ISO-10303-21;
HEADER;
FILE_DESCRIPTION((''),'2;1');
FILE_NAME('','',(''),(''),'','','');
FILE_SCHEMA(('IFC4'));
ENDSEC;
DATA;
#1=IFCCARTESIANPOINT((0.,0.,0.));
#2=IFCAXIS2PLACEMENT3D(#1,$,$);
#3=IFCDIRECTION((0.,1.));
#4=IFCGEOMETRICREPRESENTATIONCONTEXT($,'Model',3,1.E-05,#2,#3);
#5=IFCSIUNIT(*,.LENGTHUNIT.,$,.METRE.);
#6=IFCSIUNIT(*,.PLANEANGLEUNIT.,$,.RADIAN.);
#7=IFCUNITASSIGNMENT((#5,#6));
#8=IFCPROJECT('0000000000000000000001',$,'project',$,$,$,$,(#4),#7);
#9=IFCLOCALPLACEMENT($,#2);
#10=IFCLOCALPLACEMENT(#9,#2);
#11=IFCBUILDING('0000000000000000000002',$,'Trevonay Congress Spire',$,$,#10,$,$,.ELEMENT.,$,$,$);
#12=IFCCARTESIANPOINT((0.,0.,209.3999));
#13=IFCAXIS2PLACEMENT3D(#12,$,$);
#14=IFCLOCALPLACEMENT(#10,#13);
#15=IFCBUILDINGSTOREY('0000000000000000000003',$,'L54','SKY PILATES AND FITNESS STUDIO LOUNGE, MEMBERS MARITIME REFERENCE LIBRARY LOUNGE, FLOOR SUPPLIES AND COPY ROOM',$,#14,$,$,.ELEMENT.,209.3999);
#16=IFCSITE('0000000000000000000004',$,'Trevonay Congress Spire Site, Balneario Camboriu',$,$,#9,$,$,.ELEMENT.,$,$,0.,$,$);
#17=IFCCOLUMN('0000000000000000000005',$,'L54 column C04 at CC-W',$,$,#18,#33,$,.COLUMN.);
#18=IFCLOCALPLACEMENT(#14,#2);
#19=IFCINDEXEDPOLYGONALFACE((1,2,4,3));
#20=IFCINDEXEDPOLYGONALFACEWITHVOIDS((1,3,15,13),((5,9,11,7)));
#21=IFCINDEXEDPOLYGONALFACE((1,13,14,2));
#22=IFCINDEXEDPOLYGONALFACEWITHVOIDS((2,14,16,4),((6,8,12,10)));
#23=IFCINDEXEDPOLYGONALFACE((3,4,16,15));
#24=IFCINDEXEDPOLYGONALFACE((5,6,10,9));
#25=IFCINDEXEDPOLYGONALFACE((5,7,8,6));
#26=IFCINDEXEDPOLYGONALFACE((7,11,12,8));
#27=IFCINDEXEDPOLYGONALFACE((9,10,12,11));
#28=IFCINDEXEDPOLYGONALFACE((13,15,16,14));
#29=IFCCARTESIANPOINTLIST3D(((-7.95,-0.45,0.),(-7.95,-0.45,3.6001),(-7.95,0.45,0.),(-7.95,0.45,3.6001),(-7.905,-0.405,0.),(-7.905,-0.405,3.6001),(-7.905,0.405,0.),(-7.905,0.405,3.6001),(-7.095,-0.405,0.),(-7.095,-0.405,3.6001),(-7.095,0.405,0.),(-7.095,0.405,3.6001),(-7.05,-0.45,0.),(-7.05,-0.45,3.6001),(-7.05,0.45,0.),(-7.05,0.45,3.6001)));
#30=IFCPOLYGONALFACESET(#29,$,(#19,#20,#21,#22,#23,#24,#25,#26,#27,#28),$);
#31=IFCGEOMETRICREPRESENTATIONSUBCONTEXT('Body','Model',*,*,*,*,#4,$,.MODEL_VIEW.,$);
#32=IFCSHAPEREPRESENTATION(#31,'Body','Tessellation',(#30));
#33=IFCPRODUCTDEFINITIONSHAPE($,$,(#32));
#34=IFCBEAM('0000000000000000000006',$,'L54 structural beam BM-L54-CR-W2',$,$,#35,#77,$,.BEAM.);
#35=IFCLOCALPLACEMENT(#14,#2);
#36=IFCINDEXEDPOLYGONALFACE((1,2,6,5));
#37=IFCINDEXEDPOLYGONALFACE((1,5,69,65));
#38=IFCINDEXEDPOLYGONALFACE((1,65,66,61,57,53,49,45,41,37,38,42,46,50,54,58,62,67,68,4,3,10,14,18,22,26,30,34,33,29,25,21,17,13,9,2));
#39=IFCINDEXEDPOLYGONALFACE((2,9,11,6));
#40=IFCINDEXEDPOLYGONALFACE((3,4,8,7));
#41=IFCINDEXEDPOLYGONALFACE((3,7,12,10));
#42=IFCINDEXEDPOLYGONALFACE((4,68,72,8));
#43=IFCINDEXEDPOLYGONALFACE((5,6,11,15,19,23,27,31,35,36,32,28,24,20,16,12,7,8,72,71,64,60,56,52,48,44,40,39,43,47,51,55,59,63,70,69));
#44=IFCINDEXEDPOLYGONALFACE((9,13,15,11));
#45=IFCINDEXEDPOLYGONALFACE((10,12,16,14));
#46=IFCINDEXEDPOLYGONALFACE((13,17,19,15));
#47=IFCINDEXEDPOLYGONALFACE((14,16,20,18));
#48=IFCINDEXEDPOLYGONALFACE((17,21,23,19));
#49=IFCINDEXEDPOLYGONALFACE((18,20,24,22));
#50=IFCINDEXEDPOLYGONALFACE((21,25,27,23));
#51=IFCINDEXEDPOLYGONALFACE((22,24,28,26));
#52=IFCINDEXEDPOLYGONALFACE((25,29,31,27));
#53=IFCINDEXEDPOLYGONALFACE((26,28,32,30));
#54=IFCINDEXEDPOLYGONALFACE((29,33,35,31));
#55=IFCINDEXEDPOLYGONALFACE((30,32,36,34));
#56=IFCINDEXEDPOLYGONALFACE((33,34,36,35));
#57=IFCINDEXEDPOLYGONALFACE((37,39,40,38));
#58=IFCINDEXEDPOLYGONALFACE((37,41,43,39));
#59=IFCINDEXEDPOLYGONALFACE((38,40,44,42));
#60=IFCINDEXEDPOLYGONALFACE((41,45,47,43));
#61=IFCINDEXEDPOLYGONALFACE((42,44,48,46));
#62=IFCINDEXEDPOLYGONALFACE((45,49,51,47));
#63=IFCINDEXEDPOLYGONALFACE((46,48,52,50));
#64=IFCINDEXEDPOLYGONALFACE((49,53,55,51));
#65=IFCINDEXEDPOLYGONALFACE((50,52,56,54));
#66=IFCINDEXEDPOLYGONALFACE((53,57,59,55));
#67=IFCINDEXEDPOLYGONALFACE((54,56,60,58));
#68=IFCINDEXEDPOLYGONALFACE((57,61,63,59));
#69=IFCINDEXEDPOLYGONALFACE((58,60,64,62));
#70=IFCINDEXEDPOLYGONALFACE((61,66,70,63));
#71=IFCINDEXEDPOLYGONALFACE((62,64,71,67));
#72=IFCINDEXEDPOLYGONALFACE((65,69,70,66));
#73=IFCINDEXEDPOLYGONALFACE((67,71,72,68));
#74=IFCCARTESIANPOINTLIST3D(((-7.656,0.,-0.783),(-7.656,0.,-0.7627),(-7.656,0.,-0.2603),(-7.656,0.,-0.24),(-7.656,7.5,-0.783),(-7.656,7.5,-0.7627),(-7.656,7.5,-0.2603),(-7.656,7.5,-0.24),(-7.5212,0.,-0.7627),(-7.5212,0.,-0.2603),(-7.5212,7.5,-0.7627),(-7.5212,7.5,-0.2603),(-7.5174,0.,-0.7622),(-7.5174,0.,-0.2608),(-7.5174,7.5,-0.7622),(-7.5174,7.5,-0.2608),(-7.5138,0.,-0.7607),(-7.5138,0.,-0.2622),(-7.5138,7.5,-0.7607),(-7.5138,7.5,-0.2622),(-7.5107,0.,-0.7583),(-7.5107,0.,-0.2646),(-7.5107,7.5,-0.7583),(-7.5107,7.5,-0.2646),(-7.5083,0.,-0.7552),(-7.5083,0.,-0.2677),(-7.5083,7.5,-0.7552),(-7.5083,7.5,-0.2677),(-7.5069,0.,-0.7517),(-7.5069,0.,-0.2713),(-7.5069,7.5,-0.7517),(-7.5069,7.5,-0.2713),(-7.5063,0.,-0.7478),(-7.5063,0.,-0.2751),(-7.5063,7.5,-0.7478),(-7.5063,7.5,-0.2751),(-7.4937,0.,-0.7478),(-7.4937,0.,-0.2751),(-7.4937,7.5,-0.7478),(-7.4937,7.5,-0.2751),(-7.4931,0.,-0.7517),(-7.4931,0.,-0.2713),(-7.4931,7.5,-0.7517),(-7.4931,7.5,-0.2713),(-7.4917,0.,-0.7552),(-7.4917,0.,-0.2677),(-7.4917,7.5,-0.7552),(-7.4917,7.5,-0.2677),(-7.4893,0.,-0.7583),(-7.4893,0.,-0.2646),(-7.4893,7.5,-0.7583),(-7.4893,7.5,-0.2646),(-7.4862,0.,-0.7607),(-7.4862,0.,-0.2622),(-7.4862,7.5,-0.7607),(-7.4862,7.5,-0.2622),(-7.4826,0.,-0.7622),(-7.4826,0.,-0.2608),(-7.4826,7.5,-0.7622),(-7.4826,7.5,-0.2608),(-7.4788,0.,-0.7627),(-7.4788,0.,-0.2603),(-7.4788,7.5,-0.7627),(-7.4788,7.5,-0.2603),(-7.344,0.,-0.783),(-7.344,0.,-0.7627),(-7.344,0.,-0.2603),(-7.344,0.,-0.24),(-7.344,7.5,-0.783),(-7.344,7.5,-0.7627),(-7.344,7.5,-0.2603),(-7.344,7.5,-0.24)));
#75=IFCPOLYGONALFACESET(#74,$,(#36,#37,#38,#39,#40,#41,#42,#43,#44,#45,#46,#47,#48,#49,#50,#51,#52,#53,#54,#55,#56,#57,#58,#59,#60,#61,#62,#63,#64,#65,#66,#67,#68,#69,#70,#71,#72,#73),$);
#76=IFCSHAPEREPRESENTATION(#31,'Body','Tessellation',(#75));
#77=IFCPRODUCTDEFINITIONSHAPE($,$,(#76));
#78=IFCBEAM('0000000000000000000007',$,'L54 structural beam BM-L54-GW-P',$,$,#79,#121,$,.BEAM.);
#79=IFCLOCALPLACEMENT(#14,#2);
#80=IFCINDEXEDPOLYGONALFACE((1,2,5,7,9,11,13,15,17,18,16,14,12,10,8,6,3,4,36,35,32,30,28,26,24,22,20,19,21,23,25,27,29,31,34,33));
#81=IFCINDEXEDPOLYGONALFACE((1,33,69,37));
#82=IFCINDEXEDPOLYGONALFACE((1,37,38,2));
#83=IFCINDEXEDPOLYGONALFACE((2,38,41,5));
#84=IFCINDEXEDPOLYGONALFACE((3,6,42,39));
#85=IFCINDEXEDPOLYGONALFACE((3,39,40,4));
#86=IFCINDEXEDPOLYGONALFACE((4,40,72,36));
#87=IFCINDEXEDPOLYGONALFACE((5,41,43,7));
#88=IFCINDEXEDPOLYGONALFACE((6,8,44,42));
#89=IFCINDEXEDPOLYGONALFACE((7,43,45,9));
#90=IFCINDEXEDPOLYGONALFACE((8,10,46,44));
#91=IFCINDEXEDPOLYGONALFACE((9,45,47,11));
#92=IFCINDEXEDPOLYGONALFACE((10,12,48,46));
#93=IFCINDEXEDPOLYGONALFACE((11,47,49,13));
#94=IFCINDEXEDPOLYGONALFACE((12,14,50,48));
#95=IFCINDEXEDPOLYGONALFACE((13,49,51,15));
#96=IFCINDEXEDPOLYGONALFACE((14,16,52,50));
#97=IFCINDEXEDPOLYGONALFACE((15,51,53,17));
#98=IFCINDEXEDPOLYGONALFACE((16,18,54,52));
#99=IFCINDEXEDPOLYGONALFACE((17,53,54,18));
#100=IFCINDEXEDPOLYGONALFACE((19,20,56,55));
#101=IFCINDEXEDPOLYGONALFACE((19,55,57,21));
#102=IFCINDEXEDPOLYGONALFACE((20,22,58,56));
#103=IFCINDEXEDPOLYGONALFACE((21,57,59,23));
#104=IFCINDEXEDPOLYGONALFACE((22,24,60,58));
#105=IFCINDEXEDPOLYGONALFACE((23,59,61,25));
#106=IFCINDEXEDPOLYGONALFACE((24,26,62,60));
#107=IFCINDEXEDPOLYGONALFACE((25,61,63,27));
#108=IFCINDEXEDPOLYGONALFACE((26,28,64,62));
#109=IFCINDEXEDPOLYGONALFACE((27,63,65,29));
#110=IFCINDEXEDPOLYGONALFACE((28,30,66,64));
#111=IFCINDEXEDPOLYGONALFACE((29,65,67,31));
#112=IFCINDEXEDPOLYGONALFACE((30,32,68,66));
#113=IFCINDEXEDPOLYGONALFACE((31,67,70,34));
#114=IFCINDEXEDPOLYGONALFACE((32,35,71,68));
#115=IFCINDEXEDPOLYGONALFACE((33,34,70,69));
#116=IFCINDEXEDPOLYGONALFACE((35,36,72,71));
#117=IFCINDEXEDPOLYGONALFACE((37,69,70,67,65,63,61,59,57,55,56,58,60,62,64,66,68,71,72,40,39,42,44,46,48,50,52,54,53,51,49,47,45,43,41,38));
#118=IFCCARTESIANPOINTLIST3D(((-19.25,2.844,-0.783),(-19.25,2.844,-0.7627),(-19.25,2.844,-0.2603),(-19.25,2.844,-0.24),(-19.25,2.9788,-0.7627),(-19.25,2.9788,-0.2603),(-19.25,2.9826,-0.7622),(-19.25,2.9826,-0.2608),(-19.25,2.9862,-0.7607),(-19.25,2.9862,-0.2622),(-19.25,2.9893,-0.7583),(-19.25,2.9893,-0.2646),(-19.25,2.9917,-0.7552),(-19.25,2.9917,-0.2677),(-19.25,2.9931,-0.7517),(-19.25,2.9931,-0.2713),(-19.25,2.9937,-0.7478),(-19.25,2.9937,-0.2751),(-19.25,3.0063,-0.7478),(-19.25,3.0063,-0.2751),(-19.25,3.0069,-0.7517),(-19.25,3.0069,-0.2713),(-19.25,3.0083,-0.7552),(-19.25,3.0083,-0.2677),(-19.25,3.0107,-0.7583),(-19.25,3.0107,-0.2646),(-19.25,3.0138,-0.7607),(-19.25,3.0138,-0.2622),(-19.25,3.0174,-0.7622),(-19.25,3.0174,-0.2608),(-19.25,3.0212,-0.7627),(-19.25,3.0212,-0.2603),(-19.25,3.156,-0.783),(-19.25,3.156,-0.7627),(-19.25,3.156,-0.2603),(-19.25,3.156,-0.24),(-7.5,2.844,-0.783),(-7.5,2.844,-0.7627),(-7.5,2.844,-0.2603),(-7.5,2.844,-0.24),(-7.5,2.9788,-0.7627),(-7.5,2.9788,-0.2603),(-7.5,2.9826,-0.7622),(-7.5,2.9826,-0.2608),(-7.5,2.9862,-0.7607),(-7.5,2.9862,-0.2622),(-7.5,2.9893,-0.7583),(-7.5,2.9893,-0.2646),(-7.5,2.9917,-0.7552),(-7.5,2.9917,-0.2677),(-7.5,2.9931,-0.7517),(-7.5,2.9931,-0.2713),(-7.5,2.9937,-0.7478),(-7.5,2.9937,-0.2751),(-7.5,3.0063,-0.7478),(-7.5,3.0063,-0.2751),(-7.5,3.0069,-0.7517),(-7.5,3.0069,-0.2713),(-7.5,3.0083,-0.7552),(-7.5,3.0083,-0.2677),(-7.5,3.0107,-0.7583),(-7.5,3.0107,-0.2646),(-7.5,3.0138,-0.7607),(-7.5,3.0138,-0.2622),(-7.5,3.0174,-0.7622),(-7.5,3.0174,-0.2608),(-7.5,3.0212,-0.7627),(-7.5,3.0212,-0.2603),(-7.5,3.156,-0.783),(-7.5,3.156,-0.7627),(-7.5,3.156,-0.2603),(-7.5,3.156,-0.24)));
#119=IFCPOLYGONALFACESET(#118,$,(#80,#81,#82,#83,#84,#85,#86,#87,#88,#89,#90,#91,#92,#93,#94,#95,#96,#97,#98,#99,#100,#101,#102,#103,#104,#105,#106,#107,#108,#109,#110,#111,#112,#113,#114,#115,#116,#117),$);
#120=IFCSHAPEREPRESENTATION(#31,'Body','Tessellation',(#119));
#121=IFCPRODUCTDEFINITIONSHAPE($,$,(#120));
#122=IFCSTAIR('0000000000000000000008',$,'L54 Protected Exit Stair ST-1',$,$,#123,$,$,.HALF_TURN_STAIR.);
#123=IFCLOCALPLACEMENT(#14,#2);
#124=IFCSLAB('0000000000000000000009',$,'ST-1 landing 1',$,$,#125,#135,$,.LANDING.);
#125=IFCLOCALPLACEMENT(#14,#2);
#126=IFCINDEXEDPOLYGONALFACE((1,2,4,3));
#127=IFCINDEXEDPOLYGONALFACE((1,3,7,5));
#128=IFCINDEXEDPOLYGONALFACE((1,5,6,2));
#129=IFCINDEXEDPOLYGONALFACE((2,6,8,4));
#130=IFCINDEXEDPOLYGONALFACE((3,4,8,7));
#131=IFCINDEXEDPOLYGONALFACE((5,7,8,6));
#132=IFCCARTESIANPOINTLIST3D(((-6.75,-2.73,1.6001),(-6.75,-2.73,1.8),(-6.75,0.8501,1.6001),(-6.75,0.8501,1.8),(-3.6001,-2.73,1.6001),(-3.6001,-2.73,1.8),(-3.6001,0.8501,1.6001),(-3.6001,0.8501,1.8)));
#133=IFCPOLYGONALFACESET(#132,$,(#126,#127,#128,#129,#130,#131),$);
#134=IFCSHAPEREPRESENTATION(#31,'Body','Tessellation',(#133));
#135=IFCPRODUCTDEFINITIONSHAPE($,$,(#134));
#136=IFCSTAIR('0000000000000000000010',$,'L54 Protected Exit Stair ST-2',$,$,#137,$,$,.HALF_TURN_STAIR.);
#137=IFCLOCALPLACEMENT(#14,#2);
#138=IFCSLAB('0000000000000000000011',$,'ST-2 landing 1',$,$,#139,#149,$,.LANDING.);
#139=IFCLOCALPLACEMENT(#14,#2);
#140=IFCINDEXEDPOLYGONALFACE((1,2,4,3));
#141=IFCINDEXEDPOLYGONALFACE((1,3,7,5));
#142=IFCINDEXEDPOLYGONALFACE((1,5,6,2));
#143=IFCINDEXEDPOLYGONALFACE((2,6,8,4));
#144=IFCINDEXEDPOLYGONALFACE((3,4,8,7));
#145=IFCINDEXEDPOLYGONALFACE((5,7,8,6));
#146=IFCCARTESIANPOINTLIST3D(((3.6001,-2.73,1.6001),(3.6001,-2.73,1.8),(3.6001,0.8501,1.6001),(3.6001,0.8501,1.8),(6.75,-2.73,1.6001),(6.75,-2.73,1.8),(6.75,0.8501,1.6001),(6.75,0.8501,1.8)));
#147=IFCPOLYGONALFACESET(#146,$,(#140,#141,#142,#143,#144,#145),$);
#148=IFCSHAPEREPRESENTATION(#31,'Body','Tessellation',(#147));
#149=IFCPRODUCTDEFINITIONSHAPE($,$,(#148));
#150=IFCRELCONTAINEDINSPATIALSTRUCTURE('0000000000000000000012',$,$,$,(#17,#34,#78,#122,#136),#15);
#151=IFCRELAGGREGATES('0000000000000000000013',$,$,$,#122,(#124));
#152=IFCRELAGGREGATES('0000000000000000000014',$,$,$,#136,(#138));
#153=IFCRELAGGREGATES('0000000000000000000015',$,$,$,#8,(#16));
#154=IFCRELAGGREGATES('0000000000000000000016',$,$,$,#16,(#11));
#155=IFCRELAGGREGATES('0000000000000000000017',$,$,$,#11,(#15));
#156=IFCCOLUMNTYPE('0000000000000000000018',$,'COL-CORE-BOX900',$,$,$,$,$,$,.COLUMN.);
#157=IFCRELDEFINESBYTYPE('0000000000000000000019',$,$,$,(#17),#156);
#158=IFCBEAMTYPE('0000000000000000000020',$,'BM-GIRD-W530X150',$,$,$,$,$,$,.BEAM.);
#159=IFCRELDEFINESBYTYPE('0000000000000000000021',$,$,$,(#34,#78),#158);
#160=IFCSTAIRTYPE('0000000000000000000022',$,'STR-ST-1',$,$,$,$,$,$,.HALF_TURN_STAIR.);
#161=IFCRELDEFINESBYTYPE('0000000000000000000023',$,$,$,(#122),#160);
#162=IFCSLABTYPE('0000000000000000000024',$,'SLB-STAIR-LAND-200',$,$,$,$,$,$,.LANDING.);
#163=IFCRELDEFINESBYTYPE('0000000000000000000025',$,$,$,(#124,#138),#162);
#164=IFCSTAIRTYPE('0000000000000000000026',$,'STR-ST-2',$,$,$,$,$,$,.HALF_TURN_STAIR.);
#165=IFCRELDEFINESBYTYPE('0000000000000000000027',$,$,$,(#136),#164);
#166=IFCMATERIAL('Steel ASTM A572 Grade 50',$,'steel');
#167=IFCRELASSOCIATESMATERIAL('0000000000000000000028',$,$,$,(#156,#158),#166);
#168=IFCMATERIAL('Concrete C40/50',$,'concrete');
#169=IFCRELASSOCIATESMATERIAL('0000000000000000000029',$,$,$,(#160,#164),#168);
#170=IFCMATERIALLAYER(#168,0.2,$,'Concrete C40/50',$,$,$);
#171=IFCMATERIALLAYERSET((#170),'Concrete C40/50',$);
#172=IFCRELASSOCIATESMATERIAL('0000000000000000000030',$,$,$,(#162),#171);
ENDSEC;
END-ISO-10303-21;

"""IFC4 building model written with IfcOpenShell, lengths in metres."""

from ifc_helpers import new_model, si_unit, direction, frame, origin, origin_2d, place, context, subcontext, project, spatial, polyline, hollow_rectangle, i_section, outline, extrude, material, layer, layer_set, material_profile, profile_set, type_object, element, aggregate, save


model = new_model("IFC4")

# Units and contexts
model_context = context("Model", 3, precision=1e-05, world=origin(), true_north=direction((0.0, 1.0)))
body_context = subcontext(model_context, "Body", "Model", "MODEL_VIEW")
ifc_project = project(units=[si_unit("LENGTHUNIT", "METRE"), si_unit("PLANEANGLEUNIT", "RADIAN")], contexts=[model_context])

# Site, building, storey
site_placement = place(None, origin())
site = spatial("IfcSite", under=ifc_project, at=site_placement, Name="Trevonay Congress Spire Site, Balneario Camboriu", CompositionType="ELEMENT", RefElevation=0.0)
building_placement = place(site_placement, origin())
building = spatial("IfcBuilding", under=site, at=building_placement, Name="Trevonay Congress Spire", CompositionType="ELEMENT")
storey_placement = place(building_placement, frame((0.0, 0.0, 209.3999)))
storey = spatial("IfcBuildingStorey", under=building, at=storey_placement, Name="L54", Description="SKY PILATES AND FITNESS STUDIO LOUNGE, MEMBERS MARITIME REFERENCE LIBRARY LOUNGE, FLOOR SUPPLIES AND COPY ROOM", CompositionType="ELEMENT", Elevation=209.3999)

# Column
ifc_material_1 = material(Name="Steel ASTM A572 Grade 50", Category="steel")
ifc_material_profile_1 = material_profile(ifc_material_1, hollow_rectangle(XDim=0.8999, YDim=0.8999, WallThickness=0.0449, at=origin_2d()), Name="BOX 900x900x45")
ifc_profile_set_1 = profile_set([ifc_material_profile_1], Name="Steel ASTM A572 Grade 50")
column_type = type_object("IfcColumnType", Name="COL-CORE-BOX900", PredefinedType="COLUMN", material=ifc_profile_set_1)
column_placement = place(storey_placement, frame((-7.5, 0.0, 0.0), z_axis=(0.0, 0.0, 1.0), x_axis=(1.0, 0.0, 0.0)))
element("IfcColumn", 1, at=column_placement, inside=storey, type_object=column_type, Name="L54 column C04 at CC-W", PredefinedType="COLUMN", context=body_context, shape_type="SweptSolid", body=[
    extrude(hollow_rectangle(XDim=0.8999, YDim=0.8999, WallThickness=0.0449, at=origin_2d()), origin(), (0.0, 0.0, 1.0), 3.6001),
])

# Beams
ifc_material_profile_2 = material_profile(ifc_material_1, i_section(OverallWidth=0.312, OverallDepth=0.543, WebThickness=0.0127, FlangeThickness=0.0203, FilletRadius=0.0149, at=origin_2d()), Name="W530x150")
ifc_profile_set_2 = profile_set([ifc_material_profile_2], Name="Steel ASTM A572 Grade 50")
beam_type = type_object("IfcBeamType", Name="BM-GIRD-W530X150", PredefinedType="BEAM", material=ifc_profile_set_2)
beam_1_placement = place(storey_placement, frame((-7.5, 0.0, -0.5115), z_axis=(0.0, 1.0, 0.0), x_axis=(-1.0, 0.0, 0.0)))
element("IfcBeam", 2, at=beam_1_placement, inside=storey, type_object=beam_type, Name="L54 structural beam BM-L54-CR-W2", PredefinedType="BEAM", context=body_context, shape_type="SweptSolid", body=[
    extrude(i_section(OverallWidth=0.312, OverallDepth=0.543, WebThickness=0.0127, FlangeThickness=0.0203, FilletRadius=0.0149, at=origin_2d()), origin(), (0.0, 0.0, 1.0), 7.5),
])
beam_2_placement = place(storey_placement, frame((-7.5, 3.0, -0.5115), z_axis=(-1.0, 0.0, 0.0), x_axis=(0.0, -1.0, 0.0)))
element("IfcBeam", 3, at=beam_2_placement, inside=storey, type_object=beam_type, Name="L54 structural beam BM-L54-GW-P", PredefinedType="BEAM", context=body_context, shape_type="SweptSolid", body=[
    extrude(i_section(OverallWidth=0.312, OverallDepth=0.543, WebThickness=0.0127, FlangeThickness=0.0203, FilletRadius=0.0149, at=origin_2d()), origin(), (0.0, 0.0, 1.0), 11.75),
])

# Stairs, slabs
ifc_material_2 = material(Name="Concrete C40/50", Category="concrete")
stair_type_1 = type_object("IfcStairType", Name="STR-ST-1", PredefinedType="HALF_TURN_STAIR", material=ifc_material_2)
stair_1_placement = place(storey_placement, origin())
stair_1 = element("IfcStair", 4, at=stair_1_placement, inside=storey, type_object=stair_type_1, Name="L54 Protected Exit Stair ST-1", PredefinedType="HALF_TURN_STAIR")
ifc_layer_1 = layer(ifc_material_2, 0.2, Name="Concrete C40/50")
ifc_layer_set_1 = layer_set([ifc_layer_1], Name="Concrete C40/50")
slab_type_1 = type_object("IfcSlabType", Name="SLB-STAIR-LAND-200", PredefinedType="LANDING", material=ifc_layer_set_1)
slab_1_placement = place(storey_placement, frame((0.0, 0.0, 1.6001)))
slab_1 = element("IfcSlab", 5, at=slab_1_placement, type_object=slab_type_1, Name="ST-1 landing 1", PredefinedType="LANDING", context=body_context, shape_type="SweptSolid", body=[
    extrude(outline(polyline([(-3.6001, -2.73), (-3.6001, 0.8501), (-6.75, 0.8501), (-6.75, -2.73), (-3.6001, -2.73)])), origin(), (0.0, 0.0, 1.0), 0.2),
])
aggregate(stair_1, [slab_1])
stair_type_2 = type_object("IfcStairType", Name="STR-ST-2", PredefinedType="HALF_TURN_STAIR", material=ifc_material_2)
stair_2_placement = place(storey_placement, origin())
stair_2 = element("IfcStair", 6, at=stair_2_placement, inside=storey, type_object=stair_type_2, Name="L54 Protected Exit Stair ST-2", PredefinedType="HALF_TURN_STAIR")
slab_2_placement = place(storey_placement, frame((0.0, 0.0, 1.6001)))
slab_2 = element("IfcSlab", 7, at=slab_2_placement, type_object=slab_type_1, Name="ST-2 landing 1", PredefinedType="LANDING", context=body_context, shape_type="SweptSolid", body=[
    extrude(outline(polyline([(6.75, -2.73), (6.75, 0.8501), (3.6001, 0.8501), (3.6001, -2.73), (6.75, -2.73)])), origin(), (0.0, 0.0, 1.0), 0.2),
])
aggregate(stair_2, [slab_2])

save(model, "model.ifc")
